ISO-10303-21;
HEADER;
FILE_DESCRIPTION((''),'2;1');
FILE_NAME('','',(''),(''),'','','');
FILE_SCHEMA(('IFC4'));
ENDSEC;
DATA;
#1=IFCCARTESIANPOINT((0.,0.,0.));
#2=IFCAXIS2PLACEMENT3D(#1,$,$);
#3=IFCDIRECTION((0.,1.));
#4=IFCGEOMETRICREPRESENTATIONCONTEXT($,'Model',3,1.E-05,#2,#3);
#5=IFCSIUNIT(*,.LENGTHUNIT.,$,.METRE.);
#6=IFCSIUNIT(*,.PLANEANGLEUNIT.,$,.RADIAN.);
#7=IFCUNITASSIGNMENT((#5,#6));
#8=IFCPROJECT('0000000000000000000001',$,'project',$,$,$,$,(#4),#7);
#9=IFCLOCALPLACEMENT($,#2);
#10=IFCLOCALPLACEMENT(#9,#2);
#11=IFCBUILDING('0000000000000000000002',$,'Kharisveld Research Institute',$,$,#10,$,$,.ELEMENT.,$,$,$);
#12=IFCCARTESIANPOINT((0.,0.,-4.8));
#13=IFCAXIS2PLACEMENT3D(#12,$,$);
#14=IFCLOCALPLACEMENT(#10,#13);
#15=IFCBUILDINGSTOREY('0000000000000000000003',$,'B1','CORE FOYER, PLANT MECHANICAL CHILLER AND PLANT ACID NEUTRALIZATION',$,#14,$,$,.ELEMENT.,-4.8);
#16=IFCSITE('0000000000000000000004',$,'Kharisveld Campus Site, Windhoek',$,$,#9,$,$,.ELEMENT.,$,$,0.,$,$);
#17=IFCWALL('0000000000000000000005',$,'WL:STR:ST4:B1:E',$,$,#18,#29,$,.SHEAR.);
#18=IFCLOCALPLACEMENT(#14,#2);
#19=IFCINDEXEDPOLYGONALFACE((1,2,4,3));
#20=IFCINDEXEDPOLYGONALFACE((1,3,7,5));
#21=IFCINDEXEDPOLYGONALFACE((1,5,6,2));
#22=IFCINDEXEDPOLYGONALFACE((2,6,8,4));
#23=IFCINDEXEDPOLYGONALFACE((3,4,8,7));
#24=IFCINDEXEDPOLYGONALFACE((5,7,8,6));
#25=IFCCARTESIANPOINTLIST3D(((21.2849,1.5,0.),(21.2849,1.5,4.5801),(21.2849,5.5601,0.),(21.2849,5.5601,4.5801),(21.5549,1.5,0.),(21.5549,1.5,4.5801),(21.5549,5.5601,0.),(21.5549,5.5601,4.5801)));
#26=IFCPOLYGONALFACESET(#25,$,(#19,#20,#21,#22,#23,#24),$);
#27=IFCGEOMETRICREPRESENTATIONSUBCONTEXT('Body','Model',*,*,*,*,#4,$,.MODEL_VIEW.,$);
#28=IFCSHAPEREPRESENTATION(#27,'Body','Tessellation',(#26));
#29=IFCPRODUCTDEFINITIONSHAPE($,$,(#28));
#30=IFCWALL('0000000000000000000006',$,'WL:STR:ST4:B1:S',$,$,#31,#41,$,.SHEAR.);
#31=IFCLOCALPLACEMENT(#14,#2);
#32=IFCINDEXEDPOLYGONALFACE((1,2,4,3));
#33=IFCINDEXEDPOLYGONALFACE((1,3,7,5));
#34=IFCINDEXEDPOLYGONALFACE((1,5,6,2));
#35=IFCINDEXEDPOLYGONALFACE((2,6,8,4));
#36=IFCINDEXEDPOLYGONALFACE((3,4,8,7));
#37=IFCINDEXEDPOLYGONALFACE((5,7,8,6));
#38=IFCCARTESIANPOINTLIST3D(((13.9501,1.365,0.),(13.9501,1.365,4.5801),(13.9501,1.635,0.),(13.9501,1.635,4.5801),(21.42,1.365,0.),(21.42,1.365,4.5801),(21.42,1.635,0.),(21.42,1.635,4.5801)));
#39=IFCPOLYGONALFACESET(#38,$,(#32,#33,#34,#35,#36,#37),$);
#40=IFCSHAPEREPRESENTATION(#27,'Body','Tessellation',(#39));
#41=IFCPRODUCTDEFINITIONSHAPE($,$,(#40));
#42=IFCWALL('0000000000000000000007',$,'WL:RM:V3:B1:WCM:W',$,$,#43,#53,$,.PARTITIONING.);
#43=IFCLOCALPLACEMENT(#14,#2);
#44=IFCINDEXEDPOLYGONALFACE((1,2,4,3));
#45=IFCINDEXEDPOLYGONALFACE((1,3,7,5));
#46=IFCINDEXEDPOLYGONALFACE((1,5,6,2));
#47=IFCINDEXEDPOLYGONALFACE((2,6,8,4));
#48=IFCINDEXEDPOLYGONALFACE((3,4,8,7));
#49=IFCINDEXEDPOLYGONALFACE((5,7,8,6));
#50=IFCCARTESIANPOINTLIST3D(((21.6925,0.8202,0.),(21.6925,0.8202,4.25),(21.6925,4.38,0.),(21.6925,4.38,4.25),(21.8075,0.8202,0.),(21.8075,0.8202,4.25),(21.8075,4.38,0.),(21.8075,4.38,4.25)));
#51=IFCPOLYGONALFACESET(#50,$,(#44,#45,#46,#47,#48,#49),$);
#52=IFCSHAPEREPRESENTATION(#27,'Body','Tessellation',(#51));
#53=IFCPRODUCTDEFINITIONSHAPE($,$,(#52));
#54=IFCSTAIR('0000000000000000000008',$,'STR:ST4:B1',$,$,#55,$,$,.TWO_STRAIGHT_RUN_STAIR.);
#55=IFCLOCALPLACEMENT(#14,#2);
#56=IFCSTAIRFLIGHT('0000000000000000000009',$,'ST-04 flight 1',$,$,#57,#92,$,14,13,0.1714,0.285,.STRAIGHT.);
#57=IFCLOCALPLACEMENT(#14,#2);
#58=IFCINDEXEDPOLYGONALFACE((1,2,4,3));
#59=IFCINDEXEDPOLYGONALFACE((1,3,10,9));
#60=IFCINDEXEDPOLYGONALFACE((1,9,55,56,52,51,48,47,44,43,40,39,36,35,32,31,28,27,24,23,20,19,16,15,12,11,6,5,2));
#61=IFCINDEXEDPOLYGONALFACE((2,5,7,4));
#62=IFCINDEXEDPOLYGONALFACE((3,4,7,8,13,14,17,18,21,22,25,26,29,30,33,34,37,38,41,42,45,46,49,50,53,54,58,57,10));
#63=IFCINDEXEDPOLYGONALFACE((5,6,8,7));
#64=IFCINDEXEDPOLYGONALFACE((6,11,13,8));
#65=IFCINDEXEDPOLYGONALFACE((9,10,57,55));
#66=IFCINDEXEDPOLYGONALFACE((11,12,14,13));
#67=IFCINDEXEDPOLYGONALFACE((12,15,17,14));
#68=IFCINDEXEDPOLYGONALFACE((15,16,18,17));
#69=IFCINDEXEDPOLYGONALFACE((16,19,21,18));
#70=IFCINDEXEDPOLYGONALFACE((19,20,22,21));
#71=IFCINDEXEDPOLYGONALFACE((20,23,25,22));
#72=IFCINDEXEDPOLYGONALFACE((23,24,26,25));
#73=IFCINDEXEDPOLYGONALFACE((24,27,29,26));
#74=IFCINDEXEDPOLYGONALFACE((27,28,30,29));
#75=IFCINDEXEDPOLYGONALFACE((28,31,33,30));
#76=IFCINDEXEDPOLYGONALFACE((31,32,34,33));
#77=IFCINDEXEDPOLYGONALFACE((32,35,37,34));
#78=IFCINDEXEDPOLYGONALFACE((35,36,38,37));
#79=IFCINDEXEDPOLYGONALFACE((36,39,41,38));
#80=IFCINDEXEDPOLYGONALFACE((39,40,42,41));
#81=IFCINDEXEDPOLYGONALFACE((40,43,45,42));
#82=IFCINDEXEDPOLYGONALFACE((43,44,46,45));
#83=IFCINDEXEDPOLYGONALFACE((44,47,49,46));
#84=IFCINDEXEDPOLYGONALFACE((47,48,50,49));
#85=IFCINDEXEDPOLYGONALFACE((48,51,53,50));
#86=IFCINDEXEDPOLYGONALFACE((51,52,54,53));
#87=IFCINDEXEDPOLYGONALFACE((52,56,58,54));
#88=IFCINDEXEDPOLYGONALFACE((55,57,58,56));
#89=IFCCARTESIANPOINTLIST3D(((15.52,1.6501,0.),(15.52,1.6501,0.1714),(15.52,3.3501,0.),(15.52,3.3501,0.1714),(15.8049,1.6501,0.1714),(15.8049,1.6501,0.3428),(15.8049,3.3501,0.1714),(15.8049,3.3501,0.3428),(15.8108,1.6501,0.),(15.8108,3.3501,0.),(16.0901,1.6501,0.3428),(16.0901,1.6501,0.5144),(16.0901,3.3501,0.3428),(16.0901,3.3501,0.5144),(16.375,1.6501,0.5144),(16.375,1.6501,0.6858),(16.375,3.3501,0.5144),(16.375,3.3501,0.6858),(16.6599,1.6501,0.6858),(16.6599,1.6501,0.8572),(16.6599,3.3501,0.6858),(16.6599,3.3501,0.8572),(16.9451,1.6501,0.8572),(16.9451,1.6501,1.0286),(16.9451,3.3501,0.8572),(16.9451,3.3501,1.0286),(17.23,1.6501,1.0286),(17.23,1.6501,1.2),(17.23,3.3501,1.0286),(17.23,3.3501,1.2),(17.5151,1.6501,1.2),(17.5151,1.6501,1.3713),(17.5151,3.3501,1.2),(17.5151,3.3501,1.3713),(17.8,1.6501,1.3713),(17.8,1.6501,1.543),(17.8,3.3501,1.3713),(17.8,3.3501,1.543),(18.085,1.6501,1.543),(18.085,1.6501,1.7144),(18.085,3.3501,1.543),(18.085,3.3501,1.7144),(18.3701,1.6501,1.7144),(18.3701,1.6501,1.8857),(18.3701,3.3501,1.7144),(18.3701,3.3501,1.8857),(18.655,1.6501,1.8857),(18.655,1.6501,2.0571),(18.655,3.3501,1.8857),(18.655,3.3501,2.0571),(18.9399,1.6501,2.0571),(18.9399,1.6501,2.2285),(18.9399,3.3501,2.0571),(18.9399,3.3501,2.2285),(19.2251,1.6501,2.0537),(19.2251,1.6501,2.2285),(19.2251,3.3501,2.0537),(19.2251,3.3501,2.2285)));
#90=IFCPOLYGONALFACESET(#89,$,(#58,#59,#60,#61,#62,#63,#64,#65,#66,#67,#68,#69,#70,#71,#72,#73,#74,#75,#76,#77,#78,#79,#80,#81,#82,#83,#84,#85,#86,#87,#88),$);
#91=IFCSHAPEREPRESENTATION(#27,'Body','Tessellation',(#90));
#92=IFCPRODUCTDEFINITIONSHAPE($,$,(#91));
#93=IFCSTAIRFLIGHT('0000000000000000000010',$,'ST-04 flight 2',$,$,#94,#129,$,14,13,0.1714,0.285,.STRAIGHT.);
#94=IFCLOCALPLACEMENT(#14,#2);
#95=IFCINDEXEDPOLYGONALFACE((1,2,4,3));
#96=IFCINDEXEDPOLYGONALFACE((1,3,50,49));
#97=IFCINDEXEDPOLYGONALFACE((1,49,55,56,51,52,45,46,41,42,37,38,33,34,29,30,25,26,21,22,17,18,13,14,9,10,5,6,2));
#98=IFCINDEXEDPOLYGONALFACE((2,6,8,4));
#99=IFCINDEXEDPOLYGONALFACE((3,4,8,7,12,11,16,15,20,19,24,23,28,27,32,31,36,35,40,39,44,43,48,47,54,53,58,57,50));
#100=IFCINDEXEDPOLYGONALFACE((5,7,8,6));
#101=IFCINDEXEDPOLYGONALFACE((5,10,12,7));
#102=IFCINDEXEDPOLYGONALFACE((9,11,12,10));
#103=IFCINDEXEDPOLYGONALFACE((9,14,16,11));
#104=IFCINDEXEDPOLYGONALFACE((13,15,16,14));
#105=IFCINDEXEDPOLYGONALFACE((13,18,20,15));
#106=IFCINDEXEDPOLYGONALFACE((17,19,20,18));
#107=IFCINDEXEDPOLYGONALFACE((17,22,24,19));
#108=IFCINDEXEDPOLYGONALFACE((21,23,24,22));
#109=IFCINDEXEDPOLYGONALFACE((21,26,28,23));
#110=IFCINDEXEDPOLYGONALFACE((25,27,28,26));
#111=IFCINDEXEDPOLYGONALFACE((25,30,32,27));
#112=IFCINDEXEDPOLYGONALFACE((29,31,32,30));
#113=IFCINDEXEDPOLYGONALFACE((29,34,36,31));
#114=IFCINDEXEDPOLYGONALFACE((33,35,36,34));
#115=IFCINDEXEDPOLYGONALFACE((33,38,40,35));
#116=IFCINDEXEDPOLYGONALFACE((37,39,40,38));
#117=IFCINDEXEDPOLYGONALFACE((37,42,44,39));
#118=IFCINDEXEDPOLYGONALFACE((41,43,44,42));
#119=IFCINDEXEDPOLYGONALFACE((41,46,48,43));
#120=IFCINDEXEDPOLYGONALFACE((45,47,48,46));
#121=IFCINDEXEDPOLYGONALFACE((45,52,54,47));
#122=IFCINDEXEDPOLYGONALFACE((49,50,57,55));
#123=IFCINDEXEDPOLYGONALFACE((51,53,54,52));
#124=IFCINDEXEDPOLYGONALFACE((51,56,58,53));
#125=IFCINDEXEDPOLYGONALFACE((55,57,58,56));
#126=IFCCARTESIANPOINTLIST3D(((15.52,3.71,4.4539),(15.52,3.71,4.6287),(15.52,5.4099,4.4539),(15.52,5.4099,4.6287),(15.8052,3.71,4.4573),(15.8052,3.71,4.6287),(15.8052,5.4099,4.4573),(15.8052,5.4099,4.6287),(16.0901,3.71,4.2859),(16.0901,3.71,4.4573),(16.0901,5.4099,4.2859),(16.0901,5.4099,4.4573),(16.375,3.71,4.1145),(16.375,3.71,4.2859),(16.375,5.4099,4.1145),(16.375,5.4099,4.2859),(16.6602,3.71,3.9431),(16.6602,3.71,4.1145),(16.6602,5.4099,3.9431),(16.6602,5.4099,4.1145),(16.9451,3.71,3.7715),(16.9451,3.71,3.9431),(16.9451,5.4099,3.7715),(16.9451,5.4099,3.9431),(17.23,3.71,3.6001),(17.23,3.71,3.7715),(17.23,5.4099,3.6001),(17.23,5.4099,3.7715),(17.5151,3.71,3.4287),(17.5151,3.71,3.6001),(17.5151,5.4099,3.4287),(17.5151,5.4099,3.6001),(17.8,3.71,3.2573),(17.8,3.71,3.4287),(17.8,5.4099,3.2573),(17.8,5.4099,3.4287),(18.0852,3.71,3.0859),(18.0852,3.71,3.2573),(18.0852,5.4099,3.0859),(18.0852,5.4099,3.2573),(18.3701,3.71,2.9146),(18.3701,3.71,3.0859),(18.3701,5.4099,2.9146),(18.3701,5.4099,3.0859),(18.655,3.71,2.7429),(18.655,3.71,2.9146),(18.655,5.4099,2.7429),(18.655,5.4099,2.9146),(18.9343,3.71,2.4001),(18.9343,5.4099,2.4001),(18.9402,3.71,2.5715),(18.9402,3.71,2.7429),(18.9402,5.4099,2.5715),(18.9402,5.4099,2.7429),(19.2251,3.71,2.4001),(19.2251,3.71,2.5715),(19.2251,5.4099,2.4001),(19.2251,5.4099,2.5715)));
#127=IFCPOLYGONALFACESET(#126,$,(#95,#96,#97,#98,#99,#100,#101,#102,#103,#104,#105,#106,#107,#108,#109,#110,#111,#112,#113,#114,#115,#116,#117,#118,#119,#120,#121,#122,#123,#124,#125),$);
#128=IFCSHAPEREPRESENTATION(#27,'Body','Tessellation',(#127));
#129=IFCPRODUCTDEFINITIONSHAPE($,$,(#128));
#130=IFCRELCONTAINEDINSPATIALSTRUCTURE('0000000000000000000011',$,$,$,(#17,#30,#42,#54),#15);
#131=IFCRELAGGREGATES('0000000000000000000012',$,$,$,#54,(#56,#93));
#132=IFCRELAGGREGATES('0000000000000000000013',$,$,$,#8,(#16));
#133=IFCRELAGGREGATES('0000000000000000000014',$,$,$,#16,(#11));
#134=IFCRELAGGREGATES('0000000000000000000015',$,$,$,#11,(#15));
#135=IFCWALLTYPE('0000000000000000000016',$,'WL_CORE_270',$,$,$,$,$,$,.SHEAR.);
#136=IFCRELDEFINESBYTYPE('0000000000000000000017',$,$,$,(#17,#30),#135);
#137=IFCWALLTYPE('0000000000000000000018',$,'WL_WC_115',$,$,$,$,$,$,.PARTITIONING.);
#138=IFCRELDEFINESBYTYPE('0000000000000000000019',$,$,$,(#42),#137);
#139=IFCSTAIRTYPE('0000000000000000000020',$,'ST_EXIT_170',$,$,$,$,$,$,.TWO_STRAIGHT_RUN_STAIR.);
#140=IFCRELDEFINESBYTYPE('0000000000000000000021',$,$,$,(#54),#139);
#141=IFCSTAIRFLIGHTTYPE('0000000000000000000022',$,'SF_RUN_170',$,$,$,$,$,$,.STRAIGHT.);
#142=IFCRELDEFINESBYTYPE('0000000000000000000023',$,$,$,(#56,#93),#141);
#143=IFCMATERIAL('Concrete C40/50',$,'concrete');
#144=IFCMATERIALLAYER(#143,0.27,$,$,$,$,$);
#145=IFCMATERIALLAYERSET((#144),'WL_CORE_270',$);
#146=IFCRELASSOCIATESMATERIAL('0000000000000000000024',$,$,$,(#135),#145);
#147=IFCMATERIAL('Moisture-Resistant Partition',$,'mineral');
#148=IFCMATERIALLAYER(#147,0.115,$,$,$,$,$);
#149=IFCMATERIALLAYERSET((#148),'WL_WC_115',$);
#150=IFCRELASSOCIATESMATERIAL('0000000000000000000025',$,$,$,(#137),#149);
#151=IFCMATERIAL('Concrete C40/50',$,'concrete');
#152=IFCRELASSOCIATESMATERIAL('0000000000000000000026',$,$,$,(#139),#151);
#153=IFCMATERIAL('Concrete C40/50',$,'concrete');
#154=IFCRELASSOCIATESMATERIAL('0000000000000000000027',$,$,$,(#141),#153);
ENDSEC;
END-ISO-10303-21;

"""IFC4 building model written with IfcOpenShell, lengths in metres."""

from ifc_helpers import new_model, si_unit, direction, frame, frame_2d, origin, place, context, subcontext, project, spatial, polyline, rectangle, outline, extrude, material, layer, layer_set, type_object, element, aggregate, save


model = new_model("IFC4")

# Units and contexts
model_context = context("Model", 3, precision=1e-05, world=origin(), true_north=direction((0.0, 1.0)))
body_context = subcontext(model_context, "Body", "Model", "MODEL_VIEW")
ifc_project = project(units=[si_unit("LENGTHUNIT", "METRE"), si_unit("PLANEANGLEUNIT", "RADIAN")], contexts=[model_context])

# Site, building, storey
site_placement = place(None, origin())
site = spatial("IfcSite", under=ifc_project, at=site_placement, Name="Kharisveld Campus Site, Windhoek", CompositionType="ELEMENT", RefElevation=0.0)
building_placement = place(site_placement, origin())
building = spatial("IfcBuilding", under=site, at=building_placement, Name="Kharisveld Research Institute", CompositionType="ELEMENT")
storey_placement = place(building_placement, frame((0.0, 0.0, -4.8)))
storey = spatial("IfcBuildingStorey", under=building, at=storey_placement, Name="B1", Description="CORE FOYER, PLANT MECHANICAL CHILLER AND PLANT ACID NEUTRALIZATION", CompositionType="ELEMENT", Elevation=-4.8)

# Walls
ifc_material_1 = material(Name="Concrete C40/50", Category="concrete")
ifc_layer_1 = layer(ifc_material_1, 0.27)
ifc_layer_set_1 = layer_set([ifc_layer_1], Name="WL_CORE_270")
wall_type_1 = type_object("IfcWallType", Name="WL_CORE_270", PredefinedType="SHEAR", material=ifc_layer_set_1)
wall_1_placement = place(storey_placement, frame((21.4199, 5.5601, 0.0), z_axis=(0.0, 0.0, 1.0), x_axis=(0.0, -1.0, 0.0)))
element("IfcWall", 1, at=wall_1_placement, inside=storey, type_object=wall_type_1, Name="WL:STR:ST4:B1:E", PredefinedType="SHEAR", context=body_context, shape_type="SweptSolid", body=[
    extrude(rectangle(XDim=4.0601, YDim=0.27, at=frame_2d((2.03, 0.0))), origin(), (0.0, 0.0, 1.0), 4.5801),
])
wall_2_placement = place(storey_placement, frame((21.4199, 1.5, 0.0), z_axis=(0.0, 0.0, 1.0), x_axis=(-1.0, 0.0, 0.0)))
element("IfcWall", 2, at=wall_2_placement, inside=storey, type_object=wall_type_1, Name="WL:STR:ST4:B1:S", PredefinedType="SHEAR", context=body_context, shape_type="SweptSolid", body=[
    extrude(rectangle(XDim=7.47, YDim=0.27, at=frame_2d((3.7349, 0.0))), origin(), (0.0, 0.0, 1.0), 4.5801),
])
ifc_material_2 = material(Name="Moisture-Resistant Partition", Category="mineral")
ifc_layer_2 = layer(ifc_material_2, 0.115)
ifc_layer_set_2 = layer_set([ifc_layer_2], Name="WL_WC_115")
wall_type_2 = type_object("IfcWallType", Name="WL_WC_115", PredefinedType="PARTITIONING", material=ifc_layer_set_2)
wall_3_placement = place(storey_placement, frame((21.75, 4.3799, 0.0), z_axis=(0.0, 0.0, 1.0), x_axis=(0.0, -1.0, 0.0)))
element("IfcWall", 3, at=wall_3_placement, inside=storey, type_object=wall_type_2, Name="WL:RM:V3:B1:WCM:W", PredefinedType="PARTITIONING", context=body_context, shape_type="SweptSolid", body=[
    extrude(rectangle(XDim=3.5598, YDim=0.115, at=frame_2d((1.7798, 0.0))), origin(), (0.0, 0.0, 1.0), 4.25),
])

# Stair, stair flights
ifc_material_3 = material(Name="Concrete C40/50", Category="concrete")
stair_type = type_object("IfcStairType", Name="ST_EXIT_170", PredefinedType="TWO_STRAIGHT_RUN_STAIR", material=ifc_material_3)
stair_placement = place(storey_placement, origin())
stair = element("IfcStair", 4, at=stair_placement, inside=storey, type_object=stair_type, Name="STR:ST4:B1", PredefinedType="TWO_STRAIGHT_RUN_STAIR")
ifc_material_4 = material(Name="Concrete C40/50", Category="concrete")
stair_flight_type = type_object("IfcStairFlightType", Name="SF_RUN_170", PredefinedType="STRAIGHT", material=ifc_material_4)
stair_flight_1_placement = place(storey_placement, frame((15.52, 2.5, 0.0), z_axis=(0.0, 0.0, 1.0), x_axis=(1.0, 0.0, 0.0)))
stair_flight_1 = element("IfcStairFlight", 5, at=stair_flight_1_placement, type_object=stair_flight_type, Name="ST-04 flight 1", NumberOfRisers=14, NumberOfTreads=13, PredefinedType="STRAIGHT", RiserHeight=0.1714, TreadLength=0.285, context=body_context, shape_type="SweptSolid", body=[
    extrude(outline(polyline([(0.0, 0.0), (0.0, 0.1714), (0.2849, 0.1714), (0.2849, 0.3428), (0.5701, 0.3428), (0.5701, 0.5144), (0.855, 0.5144), (0.855, 0.6858), (1.1399, 0.6858), (1.1399, 0.8572), (1.425, 0.8572), (1.425, 1.0286), (1.71, 1.0286), (1.71, 1.2), (1.9951, 1.2), (1.9951, 1.3713), (2.28, 1.3713), (2.28, 1.543), (2.5649, 1.543), (2.5649, 1.7144), (2.8501, 1.7144), (2.8501, 1.8857), (3.135, 1.8857), (3.135, 2.0571), (3.4199, 2.0571), (3.4199, 2.2285), (3.7051, 2.2285), (3.7051, 2.3999), (3.7051, 2.0537), (0.2908, 0.0), (0.0, 0.0)])), frame((0.0, 0.8501, 0.0), z_axis=(0.0, -1.0, 0.0), x_axis=(1.0, 0.0, 0.0)), (0.0, 0.0, 1.0), 1.7),
])
stair_flight_2_placement = place(storey_placement, frame((19.2251, 4.5601, 2.4001), z_axis=(0.0, 0.0, 1.0), x_axis=(-1.0, 0.0, 0.0)))
stair_flight_2 = element("IfcStairFlight", 6, at=stair_flight_2_placement, type_object=stair_flight_type, Name="ST-04 flight 2", NumberOfRisers=14, NumberOfTreads=13, PredefinedType="STRAIGHT", RiserHeight=0.1714, TreadLength=0.285, context=body_context, shape_type="SweptSolid", body=[
    extrude(outline(polyline([(0.0, 0.0), (0.0, 0.1714), (0.2849, 0.1714), (0.2849, 0.3428), (0.5701, 0.3428), (0.5701, 0.5144), (0.855, 0.5144), (0.855, 0.6858), (1.1399, 0.6858), (1.1399, 0.8572), (1.425, 0.8572), (1.425, 1.0286), (1.71, 1.0286), (1.71, 1.2), (1.9951, 1.2), (1.9951, 1.3713), (2.28, 1.3713), (2.28, 1.543), (2.5649, 1.543), (2.5649, 1.7144), (2.8501, 1.7144), (2.8501, 1.8857), (3.135, 1.8857), (3.135, 2.0571), (3.4199, 2.0571), (3.4199, 2.2285), (3.7051, 2.2285), (3.7051, 2.3999), (3.7051, 2.0537), (0.2908, 0.0), (0.0, 0.0)])), frame((0.0, 0.8501, 0.0), z_axis=(0.0, -1.0, 0.0), x_axis=(1.0, 0.0, 0.0)), (0.0, 0.0, 1.0), 1.7),
])
aggregate(stair, [stair_flight_1, stair_flight_2])

save(model, "model.ifc")
